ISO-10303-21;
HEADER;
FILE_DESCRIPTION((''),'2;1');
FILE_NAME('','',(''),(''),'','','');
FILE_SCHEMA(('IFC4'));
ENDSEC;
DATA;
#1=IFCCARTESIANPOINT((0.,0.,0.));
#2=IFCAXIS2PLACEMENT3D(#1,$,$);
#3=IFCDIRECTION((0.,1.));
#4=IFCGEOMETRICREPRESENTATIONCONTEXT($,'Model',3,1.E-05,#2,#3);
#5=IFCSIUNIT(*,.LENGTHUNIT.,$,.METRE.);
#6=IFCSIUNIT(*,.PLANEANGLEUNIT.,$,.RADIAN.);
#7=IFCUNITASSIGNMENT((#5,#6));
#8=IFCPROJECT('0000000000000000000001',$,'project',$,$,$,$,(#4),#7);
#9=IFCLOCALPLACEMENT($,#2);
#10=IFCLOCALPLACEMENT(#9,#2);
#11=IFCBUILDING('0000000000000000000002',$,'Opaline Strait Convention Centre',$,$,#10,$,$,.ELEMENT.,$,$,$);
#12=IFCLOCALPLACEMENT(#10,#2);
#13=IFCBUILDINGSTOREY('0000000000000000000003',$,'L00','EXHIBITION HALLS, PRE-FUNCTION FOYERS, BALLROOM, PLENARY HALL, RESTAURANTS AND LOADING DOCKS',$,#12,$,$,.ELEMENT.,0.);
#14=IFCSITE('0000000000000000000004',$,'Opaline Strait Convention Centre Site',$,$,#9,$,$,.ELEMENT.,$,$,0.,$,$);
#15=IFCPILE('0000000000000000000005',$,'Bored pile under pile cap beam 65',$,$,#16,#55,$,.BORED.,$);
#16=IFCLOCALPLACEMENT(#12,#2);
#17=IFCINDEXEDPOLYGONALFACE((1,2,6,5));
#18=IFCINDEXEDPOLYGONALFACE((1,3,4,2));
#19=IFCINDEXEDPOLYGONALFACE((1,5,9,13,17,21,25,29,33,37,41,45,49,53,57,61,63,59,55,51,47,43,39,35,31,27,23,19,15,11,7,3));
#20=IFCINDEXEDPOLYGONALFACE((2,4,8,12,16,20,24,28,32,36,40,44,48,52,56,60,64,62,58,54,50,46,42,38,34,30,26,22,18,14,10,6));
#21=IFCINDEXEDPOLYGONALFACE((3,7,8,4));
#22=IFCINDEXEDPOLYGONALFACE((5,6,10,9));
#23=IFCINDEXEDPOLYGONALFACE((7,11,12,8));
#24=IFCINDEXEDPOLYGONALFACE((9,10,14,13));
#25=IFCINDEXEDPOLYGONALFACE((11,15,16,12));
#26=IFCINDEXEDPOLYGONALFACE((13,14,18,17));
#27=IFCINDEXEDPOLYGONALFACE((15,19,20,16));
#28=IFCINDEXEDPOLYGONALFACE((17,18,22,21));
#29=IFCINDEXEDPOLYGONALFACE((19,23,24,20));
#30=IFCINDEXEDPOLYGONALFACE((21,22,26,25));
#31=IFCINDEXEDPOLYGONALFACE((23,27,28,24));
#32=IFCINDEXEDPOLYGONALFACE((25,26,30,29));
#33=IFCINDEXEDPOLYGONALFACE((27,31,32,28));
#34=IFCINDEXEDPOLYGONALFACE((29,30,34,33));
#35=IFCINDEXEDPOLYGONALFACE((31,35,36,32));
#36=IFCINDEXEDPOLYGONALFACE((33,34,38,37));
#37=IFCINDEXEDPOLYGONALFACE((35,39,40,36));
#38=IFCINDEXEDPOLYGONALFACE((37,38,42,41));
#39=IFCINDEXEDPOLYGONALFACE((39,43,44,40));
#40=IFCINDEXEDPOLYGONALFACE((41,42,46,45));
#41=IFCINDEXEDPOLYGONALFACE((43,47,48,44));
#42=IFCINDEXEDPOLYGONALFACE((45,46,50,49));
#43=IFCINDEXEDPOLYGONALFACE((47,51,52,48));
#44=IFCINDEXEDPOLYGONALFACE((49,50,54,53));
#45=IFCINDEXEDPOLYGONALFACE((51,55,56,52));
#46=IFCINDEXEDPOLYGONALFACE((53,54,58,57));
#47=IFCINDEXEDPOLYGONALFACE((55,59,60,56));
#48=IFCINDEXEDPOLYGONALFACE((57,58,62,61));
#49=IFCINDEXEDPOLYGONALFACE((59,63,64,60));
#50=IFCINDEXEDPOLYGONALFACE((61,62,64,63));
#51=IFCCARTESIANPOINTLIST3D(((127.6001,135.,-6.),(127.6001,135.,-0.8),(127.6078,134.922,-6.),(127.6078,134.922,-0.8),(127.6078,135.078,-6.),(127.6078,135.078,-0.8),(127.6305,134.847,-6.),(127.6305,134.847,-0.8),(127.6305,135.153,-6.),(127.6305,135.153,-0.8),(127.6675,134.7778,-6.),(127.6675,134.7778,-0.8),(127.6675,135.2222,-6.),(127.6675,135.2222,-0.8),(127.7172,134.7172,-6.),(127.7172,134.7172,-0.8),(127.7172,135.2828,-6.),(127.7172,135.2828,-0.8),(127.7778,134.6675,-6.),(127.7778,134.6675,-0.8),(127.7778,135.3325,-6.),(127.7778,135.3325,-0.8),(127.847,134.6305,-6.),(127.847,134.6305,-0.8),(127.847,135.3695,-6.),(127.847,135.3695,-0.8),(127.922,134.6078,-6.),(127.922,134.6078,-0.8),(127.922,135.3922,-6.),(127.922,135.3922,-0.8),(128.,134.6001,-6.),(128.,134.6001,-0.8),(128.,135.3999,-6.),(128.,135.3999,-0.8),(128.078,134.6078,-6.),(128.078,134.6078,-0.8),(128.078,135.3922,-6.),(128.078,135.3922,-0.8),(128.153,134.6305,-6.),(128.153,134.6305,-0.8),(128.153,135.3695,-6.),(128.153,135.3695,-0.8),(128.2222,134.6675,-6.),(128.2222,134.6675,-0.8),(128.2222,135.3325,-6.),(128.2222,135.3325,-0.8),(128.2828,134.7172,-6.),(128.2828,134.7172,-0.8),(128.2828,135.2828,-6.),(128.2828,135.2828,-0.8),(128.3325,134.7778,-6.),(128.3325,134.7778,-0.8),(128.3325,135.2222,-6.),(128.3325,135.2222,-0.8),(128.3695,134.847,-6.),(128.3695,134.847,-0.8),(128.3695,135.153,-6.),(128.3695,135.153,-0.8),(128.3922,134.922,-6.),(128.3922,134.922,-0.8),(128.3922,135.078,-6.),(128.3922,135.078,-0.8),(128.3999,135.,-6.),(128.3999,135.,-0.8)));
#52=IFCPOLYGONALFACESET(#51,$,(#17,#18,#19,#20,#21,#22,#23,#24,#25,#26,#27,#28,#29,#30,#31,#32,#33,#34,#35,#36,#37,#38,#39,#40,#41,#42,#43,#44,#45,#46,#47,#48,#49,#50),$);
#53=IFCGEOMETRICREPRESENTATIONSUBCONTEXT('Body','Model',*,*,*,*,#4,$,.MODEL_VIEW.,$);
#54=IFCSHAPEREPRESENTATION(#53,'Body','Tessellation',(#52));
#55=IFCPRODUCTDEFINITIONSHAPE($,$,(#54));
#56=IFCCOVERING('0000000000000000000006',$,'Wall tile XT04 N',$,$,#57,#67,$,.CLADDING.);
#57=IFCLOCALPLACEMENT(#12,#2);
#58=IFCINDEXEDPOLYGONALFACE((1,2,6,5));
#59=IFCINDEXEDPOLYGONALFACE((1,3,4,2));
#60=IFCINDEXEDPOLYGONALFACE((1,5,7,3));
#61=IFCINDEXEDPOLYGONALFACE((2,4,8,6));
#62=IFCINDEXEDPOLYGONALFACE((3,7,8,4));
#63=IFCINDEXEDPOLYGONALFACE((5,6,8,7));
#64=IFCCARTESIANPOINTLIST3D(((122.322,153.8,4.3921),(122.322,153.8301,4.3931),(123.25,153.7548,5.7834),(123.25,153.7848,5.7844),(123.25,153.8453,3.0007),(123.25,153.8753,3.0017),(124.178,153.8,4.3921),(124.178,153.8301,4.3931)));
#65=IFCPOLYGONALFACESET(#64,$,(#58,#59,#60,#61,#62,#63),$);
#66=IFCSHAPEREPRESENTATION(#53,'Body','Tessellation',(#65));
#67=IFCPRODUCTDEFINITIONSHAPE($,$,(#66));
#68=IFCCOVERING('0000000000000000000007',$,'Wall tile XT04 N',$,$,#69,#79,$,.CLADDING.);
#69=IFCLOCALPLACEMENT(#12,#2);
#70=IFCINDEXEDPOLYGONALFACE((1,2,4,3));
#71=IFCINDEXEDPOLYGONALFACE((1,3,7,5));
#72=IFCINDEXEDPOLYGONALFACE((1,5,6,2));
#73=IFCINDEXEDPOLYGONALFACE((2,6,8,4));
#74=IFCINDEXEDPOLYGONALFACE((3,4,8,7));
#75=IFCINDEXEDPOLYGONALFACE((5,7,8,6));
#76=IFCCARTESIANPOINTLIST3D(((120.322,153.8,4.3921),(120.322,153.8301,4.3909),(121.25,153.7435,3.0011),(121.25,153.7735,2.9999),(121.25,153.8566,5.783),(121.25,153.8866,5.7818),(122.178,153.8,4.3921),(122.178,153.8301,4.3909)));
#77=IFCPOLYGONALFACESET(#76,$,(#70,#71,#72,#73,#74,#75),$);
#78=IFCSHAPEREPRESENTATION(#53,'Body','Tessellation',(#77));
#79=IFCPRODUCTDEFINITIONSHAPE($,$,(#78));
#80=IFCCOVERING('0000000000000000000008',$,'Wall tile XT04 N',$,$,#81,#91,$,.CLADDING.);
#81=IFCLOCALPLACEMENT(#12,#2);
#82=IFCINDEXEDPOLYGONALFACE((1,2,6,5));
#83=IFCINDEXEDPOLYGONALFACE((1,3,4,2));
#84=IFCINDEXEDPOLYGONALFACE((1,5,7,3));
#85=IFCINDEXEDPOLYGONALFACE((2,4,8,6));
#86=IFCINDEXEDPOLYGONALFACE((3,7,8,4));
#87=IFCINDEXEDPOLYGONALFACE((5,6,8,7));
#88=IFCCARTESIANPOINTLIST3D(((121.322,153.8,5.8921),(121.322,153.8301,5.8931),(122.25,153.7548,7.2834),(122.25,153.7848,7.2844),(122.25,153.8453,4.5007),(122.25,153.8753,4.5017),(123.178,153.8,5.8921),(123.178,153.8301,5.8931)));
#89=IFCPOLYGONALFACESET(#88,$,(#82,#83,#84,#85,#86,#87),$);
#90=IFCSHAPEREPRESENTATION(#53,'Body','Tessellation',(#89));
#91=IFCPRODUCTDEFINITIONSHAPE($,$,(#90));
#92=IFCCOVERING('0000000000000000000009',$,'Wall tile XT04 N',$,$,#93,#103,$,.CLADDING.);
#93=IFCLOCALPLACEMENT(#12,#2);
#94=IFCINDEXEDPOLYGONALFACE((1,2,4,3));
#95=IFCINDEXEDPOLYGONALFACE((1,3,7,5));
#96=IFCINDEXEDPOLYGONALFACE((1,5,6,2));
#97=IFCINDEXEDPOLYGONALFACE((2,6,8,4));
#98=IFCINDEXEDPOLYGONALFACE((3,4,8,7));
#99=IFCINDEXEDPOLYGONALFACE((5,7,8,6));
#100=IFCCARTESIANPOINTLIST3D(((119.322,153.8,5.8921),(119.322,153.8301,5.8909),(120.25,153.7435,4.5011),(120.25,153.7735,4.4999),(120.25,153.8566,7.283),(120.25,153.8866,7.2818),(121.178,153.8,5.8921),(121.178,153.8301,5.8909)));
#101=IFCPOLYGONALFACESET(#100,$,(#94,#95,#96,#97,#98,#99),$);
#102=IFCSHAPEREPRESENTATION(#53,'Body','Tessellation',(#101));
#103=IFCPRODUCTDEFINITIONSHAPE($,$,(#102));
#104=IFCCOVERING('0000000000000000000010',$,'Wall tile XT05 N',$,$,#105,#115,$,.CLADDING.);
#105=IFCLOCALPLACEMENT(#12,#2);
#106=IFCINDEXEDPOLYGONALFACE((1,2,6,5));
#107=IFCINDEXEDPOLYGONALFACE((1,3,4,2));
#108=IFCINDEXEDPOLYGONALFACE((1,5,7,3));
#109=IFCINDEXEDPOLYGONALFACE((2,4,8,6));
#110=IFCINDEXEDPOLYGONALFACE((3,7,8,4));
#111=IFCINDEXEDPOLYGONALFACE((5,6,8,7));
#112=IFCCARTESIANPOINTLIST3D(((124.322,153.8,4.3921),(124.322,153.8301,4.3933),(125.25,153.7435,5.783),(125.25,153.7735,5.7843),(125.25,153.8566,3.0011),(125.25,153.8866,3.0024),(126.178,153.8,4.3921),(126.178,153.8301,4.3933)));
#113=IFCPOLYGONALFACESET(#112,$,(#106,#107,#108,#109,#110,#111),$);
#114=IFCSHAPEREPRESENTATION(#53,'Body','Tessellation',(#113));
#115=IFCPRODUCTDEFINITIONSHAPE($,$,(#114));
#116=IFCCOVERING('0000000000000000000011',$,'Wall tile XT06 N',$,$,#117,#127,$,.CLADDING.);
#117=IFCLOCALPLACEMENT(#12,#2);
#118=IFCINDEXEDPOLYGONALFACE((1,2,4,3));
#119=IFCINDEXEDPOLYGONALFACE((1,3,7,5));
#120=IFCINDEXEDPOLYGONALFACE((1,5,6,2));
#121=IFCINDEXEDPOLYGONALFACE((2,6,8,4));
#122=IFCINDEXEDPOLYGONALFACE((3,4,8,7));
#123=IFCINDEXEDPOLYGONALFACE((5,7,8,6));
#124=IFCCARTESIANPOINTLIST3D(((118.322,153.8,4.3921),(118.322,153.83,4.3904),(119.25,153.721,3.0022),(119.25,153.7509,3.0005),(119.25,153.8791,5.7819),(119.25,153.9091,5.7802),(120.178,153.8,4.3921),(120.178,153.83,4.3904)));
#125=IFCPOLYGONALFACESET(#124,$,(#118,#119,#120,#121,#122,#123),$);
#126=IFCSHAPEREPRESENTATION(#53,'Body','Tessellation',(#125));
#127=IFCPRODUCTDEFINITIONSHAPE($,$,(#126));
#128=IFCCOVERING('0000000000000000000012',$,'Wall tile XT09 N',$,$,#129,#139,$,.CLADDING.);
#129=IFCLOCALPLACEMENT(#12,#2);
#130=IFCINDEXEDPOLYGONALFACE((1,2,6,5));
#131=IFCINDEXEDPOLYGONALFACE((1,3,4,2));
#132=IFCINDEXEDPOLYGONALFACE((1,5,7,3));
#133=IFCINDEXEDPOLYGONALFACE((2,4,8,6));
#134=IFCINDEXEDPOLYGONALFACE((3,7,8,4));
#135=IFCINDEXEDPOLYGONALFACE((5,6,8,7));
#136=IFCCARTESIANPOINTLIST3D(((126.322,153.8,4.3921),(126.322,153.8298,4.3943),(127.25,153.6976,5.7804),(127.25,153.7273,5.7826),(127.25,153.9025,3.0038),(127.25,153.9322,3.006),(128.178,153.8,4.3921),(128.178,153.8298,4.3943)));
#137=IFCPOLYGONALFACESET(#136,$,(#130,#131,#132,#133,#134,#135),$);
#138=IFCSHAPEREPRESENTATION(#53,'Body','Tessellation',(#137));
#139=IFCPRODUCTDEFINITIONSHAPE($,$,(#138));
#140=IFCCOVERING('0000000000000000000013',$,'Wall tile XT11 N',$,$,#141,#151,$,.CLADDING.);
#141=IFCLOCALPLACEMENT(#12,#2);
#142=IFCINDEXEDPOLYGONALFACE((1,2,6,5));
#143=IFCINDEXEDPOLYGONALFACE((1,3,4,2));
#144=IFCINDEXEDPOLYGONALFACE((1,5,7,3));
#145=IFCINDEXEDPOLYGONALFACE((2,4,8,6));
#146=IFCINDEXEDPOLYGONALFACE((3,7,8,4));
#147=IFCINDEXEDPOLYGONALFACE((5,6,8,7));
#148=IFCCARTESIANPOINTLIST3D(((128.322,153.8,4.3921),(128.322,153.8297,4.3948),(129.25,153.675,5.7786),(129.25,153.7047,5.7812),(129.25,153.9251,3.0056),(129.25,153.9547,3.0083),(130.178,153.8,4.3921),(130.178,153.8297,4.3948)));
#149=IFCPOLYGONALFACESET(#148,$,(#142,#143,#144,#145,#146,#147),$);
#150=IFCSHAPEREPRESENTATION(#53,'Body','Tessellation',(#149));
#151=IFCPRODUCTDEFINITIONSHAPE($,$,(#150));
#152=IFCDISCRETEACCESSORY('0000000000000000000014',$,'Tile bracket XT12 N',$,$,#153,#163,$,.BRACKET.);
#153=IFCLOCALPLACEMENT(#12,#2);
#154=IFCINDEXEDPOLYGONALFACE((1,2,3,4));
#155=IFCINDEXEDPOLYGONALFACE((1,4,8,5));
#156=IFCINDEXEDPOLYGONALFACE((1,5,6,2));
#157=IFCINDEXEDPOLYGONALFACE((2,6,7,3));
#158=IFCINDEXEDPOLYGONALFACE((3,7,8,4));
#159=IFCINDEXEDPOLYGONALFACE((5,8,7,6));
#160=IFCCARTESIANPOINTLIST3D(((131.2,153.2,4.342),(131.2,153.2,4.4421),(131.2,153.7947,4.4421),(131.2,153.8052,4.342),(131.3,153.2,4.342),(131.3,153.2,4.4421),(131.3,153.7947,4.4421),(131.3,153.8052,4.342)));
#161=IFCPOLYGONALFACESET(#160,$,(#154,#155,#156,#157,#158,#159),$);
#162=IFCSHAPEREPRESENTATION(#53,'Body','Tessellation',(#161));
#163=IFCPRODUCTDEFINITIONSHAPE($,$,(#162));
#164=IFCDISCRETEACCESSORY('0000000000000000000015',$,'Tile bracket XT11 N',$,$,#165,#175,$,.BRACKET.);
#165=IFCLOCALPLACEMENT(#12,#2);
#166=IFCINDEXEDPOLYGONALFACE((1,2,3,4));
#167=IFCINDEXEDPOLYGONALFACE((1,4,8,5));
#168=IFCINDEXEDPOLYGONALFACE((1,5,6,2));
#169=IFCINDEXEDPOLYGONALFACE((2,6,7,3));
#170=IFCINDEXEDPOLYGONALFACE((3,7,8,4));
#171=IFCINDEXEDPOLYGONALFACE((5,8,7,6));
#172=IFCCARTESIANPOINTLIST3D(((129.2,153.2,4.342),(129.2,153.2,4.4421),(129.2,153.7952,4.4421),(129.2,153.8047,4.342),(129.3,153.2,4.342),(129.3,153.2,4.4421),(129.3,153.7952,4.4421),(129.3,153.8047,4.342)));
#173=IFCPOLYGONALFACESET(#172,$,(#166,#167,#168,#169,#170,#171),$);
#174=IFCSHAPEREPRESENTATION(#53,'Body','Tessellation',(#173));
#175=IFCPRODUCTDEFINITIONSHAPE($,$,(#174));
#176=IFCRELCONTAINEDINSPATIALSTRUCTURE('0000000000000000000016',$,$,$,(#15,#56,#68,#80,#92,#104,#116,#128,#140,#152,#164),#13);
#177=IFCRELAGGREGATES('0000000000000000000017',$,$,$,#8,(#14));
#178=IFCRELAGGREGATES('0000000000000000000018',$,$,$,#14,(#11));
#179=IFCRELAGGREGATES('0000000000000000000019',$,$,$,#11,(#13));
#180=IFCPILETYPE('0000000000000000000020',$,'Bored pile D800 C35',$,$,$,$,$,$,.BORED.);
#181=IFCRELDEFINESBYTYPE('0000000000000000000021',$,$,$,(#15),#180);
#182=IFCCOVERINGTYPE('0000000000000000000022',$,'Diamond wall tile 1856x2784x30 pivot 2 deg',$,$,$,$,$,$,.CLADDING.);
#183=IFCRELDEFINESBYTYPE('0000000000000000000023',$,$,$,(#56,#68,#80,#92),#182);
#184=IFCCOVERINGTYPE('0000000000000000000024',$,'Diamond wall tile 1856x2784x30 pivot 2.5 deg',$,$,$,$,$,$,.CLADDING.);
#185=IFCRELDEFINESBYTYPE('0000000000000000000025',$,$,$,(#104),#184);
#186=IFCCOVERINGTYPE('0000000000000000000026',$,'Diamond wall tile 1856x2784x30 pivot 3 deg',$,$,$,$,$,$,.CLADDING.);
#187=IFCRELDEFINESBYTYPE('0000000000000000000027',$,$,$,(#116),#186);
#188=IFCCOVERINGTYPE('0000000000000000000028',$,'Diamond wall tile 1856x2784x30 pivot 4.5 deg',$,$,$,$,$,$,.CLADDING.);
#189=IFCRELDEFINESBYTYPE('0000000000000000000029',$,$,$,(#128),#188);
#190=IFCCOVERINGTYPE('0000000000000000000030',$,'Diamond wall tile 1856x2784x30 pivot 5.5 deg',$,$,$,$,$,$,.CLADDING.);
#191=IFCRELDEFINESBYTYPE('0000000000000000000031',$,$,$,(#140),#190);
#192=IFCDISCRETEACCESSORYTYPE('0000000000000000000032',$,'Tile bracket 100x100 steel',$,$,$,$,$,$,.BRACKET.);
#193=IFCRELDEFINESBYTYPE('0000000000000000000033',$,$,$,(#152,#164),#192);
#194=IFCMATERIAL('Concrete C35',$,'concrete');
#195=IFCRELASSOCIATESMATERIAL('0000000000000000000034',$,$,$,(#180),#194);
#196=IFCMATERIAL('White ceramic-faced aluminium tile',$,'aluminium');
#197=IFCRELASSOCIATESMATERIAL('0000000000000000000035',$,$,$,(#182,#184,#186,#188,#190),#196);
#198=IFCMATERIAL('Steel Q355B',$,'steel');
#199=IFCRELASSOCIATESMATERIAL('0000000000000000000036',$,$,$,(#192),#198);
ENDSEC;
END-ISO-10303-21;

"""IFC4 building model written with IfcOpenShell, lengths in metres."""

from ifc_helpers import new_model, si_unit, direction, frame, origin, origin_2d, place, context, subcontext, project, spatial, polyline, circle, outline, extrude, material, material_profile, profile_set, type_object, element, save


model = new_model("IFC4")

# Units and contexts
model_context = context("Model", 3, precision=1e-05, world=origin(), true_north=direction((0.0, 1.0)))
body_context = subcontext(model_context, "Body", "Model", "MODEL_VIEW")
ifc_project = project(units=[si_unit("LENGTHUNIT", "METRE"), si_unit("PLANEANGLEUNIT", "RADIAN")], contexts=[model_context])

# Site, building, storey
site_placement = place(None, origin())
site = spatial("IfcSite", under=ifc_project, at=site_placement, Name="Opaline Strait Convention Centre Site", CompositionType="ELEMENT", RefElevation=0.0)
building_placement = place(site_placement, origin())
building = spatial("IfcBuilding", under=site, at=building_placement, Name="Opaline Strait Convention Centre", CompositionType="ELEMENT")
storey_placement = place(building_placement, origin())
storey = spatial("IfcBuildingStorey", under=building, at=storey_placement, Name="L00", Description="EXHIBITION HALLS, PRE-FUNCTION FOYERS, BALLROOM, PLENARY HALL, RESTAURANTS AND LOADING DOCKS", CompositionType="ELEMENT", Elevation=0.0)

# Pile
ifc_material_1 = material(Name="Concrete C35", Category="concrete")
ifc_material_profile_1 = material_profile(ifc_material_1, circle(Radius=0.3999, at=origin_2d()), Name="D800")
ifc_profile_set_1 = profile_set([ifc_material_profile_1], Name="Concrete C35")
pile_type_1 = type_object("IfcPileType", Name="Bored pile D800 C35", PredefinedType="BORED", material=ifc_profile_set_1)
for number, where, z_axis, x_axis, name in (
    (1, (128.0, 135.0, -0.8), (0.0, 0.0, -1.0), (1.0, 0.0, 0.0), "Bored pile under pile cap beam 65"),
):
    element("IfcPile", number, at=place(storey_placement, frame(where, z_axis=z_axis, x_axis=x_axis)), inside=storey, type_object=pile_type_1, Name=name, PredefinedType="BORED", context=body_context, shape_type="SweptSolid", body=[
        extrude(circle(Radius=0.3999, at=origin_2d()), origin(), (0.0, 0.0, 1.0), 5.2),
    ])

# Coverings
ifc_material_2 = material(Name="White ceramic-faced aluminium tile", Category="aluminium")
ifc_material_profile_2 = material_profile(ifc_material_2, outline(polyline([(0.928, 0.0), (0.0, 1.3921), (-0.928, 0.0), (0.0, -1.3921), (0.928, 0.0)])), Name="Diamond tile 1856x2784")
ifc_profile_set_2 = profile_set([ifc_material_profile_2], Name="White ceramic-faced aluminium tile")
covering_type_1 = type_object("IfcCoveringType", Name="Diamond wall tile 1856x2784x30 pivot 2 deg", PredefinedType="CLADDING", material=ifc_profile_set_2)
for number, where, z_axis, x_axis, name in (
    (2, (123.25, 153.8, 4.3921), (0.0, 0.999472, 0.032503), (-1.0, 0.0, 0.0), "Wall tile XT04 N"),
    (3, (121.25, 153.8, 4.3921), (0.0, 0.999175, -0.040617), (-1.0, 0.0, 0.0), "Wall tile XT04 N"),
    (4, (122.25, 153.8, 5.8921), (0.0, 0.999472, 0.032503), (-1.0, 0.0, 0.0), "Wall tile XT04 N"),
    (5, (120.25, 153.8, 5.8921), (0.0, 0.999175, -0.040617), (-1.0, 0.0, 0.0), "Wall tile XT04 N"),
):
    element("IfcCovering", number, at=place(storey_placement, frame(where, z_axis=z_axis, x_axis=x_axis)), inside=storey, type_object=covering_type_1, Name=name, PredefinedType="CLADDING", context=body_context, shape_type="SweptSolid", body=[
        extrude(outline(polyline([(0.928, 0.0), (0.0, 1.3921), (-0.928, 0.0), (0.0, -1.3921), (0.928, 0.0)])), origin(), (0.0, 0.0, 1.0), 0.03),
    ])
ifc_material_profile_3 = material_profile(ifc_material_2, outline(polyline([(0.928, 0.0), (0.0, 1.3921), (-0.928, 0.0), (0.0, -1.3921), (0.928, 0.0)])), Name="Diamond tile 1856x2784")
ifc_profile_set_3 = profile_set([ifc_material_profile_3], Name="White ceramic-faced aluminium tile")
covering_type_2 = type_object("IfcCoveringType", Name="Diamond wall tile 1856x2784x30 pivot 2.5 deg", PredefinedType="CLADDING", material=ifc_profile_set_3)
covering_1_placement = place(storey_placement, frame((125.25, 153.8, 4.3921), z_axis=(0.0, 0.999175, 0.040617), x_axis=(-1.0, 0.0, 0.0)))
element("IfcCovering", 6, at=covering_1_placement, inside=storey, type_object=covering_type_2, Name="Wall tile XT05 N", PredefinedType="CLADDING", context=body_context, shape_type="SweptSolid", body=[
    extrude(outline(polyline([(0.928, 0.0), (0.0, 1.3921), (-0.928, 0.0), (0.0, -1.3921), (0.928, 0.0)])), origin(), (0.0, 0.0, 1.0), 0.03),
])
ifc_material_profile_4 = material_profile(ifc_material_2, outline(polyline([(0.928, 0.0), (0.0, 1.3921), (-0.928, 0.0), (0.0, -1.3921), (0.928, 0.0)])), Name="Diamond tile 1856x2784")
ifc_profile_set_4 = profile_set([ifc_material_profile_4], Name="White ceramic-faced aluminium tile")
covering_type_3 = type_object("IfcCoveringType", Name="Diamond wall tile 1856x2784x30 pivot 3 deg", PredefinedType="CLADDING", material=ifc_profile_set_4)
covering_2_placement = place(storey_placement, frame((119.25, 153.8, 4.3921), z_axis=(0.0, 0.998385, -0.056819), x_axis=(-1.0, 0.0, 0.0)))
element("IfcCovering", 7, at=covering_2_placement, inside=storey, type_object=covering_type_3, Name="Wall tile XT06 N", PredefinedType="CLADDING", context=body_context, shape_type="SweptSolid", body=[
    extrude(outline(polyline([(0.928, 0.0), (0.0, 1.3921), (-0.928, 0.0), (0.0, -1.3921), (0.928, 0.0)])), origin(), (0.0, 0.0, 1.0), 0.03),
])
ifc_material_profile_5 = material_profile(ifc_material_2, outline(polyline([(0.928, 0.0), (0.0, 1.3921), (-0.928, 0.0), (0.0, -1.3921), (0.928, 0.0)])), Name="Diamond tile 1856x2784")
ifc_profile_set_5 = profile_set([ifc_material_profile_5], Name="White ceramic-faced aluminium tile")
covering_type_4 = type_object("IfcCoveringType", Name="Diamond wall tile 1856x2784x30 pivot 4.5 deg", PredefinedType="CLADDING", material=ifc_profile_set_5)
covering_3_placement = place(storey_placement, frame((127.25, 153.8, 4.3921), z_axis=(0.0, 0.99729, 0.073571), x_axis=(-1.0, 0.0, 0.0)))
element("IfcCovering", 8, at=covering_3_placement, inside=storey, type_object=covering_type_4, Name="Wall tile XT09 N", PredefinedType="CLADDING", context=body_context, shape_type="SweptSolid", body=[
    extrude(outline(polyline([(0.928, 0.0), (0.0, 1.3921), (-0.928, 0.0), (0.0, -1.3921), (0.928, 0.0)])), origin(), (0.0, 0.0, 1.0), 0.0298),
])
ifc_material_profile_6 = material_profile(ifc_material_2, outline(polyline([(0.928, 0.0), (0.0, 1.3921), (-0.928, 0.0), (0.0, -1.3921), (0.928, 0.0)])), Name="Diamond tile 1856x2784")
ifc_profile_set_6 = profile_set([ifc_material_profile_6], Name="White ceramic-faced aluminium tile")
covering_type_5 = type_object("IfcCoveringType", Name="Diamond wall tile 1856x2784x30 pivot 5.5 deg", PredefinedType="CLADDING", material=ifc_profile_set_6)
covering_4_placement = place(storey_placement, frame((129.25, 153.8, 4.3921), z_axis=(0.0, 0.99596, 0.0898), x_axis=(-1.0, 0.0, 0.0)))
element("IfcCovering", 9, at=covering_4_placement, inside=storey, type_object=covering_type_5, Name="Wall tile XT11 N", PredefinedType="CLADDING", context=body_context, shape_type="SweptSolid", body=[
    extrude(outline(polyline([(0.928, 0.0), (0.0, 1.3921), (-0.928, 0.0), (0.0, -1.3921), (0.928, 0.0)])), origin(), (0.0, 0.0, 1.0), 0.0298),
])

# Discrete accessories
ifc_material_3 = material(Name="Steel Q355B", Category="steel")
discrete_accessory_type = type_object("IfcDiscreteAccessoryType", Name="Tile bracket 100x100 steel", PredefinedType="BRACKET", material=ifc_material_3)
discrete_accessory_1_placement = place(storey_placement, frame((131.3, 153.2, 4.3921), z_axis=(-1.0, 0.0, 0.0), x_axis=(0.0, -1.0, 0.0)))
element("IfcDiscreteAccessory", 10, at=discrete_accessory_1_placement, inside=storey, type_object=discrete_accessory_type, Name="Tile bracket XT12 N", PredefinedType="BRACKET", context=body_context, shape_type="SweptSolid", body=[
    extrude(outline(polyline([(0.0, -0.05), (0.0, 0.05), (-0.5947, 0.05), (-0.6052, -0.05), (0.0, -0.05)])), origin(), (0.0, 0.0, 1.0), 0.1001),
])
discrete_accessory_2_placement = place(storey_placement, frame((129.3, 153.2, 4.3921), z_axis=(-1.0, 0.0, 0.0), x_axis=(0.0, -1.0, 0.0)))
element("IfcDiscreteAccessory", 11, at=discrete_accessory_2_placement, inside=storey, type_object=discrete_accessory_type, Name="Tile bracket XT11 N", PredefinedType="BRACKET", context=body_context, shape_type="SweptSolid", body=[
    extrude(outline(polyline([(0.0, -0.05), (0.0, 0.05), (-0.5952, 0.05), (-0.6047, -0.05), (0.0, -0.05)])), origin(), (0.0, 0.0, 1.0), 0.1001),
])

save(model, "model.ifc")
